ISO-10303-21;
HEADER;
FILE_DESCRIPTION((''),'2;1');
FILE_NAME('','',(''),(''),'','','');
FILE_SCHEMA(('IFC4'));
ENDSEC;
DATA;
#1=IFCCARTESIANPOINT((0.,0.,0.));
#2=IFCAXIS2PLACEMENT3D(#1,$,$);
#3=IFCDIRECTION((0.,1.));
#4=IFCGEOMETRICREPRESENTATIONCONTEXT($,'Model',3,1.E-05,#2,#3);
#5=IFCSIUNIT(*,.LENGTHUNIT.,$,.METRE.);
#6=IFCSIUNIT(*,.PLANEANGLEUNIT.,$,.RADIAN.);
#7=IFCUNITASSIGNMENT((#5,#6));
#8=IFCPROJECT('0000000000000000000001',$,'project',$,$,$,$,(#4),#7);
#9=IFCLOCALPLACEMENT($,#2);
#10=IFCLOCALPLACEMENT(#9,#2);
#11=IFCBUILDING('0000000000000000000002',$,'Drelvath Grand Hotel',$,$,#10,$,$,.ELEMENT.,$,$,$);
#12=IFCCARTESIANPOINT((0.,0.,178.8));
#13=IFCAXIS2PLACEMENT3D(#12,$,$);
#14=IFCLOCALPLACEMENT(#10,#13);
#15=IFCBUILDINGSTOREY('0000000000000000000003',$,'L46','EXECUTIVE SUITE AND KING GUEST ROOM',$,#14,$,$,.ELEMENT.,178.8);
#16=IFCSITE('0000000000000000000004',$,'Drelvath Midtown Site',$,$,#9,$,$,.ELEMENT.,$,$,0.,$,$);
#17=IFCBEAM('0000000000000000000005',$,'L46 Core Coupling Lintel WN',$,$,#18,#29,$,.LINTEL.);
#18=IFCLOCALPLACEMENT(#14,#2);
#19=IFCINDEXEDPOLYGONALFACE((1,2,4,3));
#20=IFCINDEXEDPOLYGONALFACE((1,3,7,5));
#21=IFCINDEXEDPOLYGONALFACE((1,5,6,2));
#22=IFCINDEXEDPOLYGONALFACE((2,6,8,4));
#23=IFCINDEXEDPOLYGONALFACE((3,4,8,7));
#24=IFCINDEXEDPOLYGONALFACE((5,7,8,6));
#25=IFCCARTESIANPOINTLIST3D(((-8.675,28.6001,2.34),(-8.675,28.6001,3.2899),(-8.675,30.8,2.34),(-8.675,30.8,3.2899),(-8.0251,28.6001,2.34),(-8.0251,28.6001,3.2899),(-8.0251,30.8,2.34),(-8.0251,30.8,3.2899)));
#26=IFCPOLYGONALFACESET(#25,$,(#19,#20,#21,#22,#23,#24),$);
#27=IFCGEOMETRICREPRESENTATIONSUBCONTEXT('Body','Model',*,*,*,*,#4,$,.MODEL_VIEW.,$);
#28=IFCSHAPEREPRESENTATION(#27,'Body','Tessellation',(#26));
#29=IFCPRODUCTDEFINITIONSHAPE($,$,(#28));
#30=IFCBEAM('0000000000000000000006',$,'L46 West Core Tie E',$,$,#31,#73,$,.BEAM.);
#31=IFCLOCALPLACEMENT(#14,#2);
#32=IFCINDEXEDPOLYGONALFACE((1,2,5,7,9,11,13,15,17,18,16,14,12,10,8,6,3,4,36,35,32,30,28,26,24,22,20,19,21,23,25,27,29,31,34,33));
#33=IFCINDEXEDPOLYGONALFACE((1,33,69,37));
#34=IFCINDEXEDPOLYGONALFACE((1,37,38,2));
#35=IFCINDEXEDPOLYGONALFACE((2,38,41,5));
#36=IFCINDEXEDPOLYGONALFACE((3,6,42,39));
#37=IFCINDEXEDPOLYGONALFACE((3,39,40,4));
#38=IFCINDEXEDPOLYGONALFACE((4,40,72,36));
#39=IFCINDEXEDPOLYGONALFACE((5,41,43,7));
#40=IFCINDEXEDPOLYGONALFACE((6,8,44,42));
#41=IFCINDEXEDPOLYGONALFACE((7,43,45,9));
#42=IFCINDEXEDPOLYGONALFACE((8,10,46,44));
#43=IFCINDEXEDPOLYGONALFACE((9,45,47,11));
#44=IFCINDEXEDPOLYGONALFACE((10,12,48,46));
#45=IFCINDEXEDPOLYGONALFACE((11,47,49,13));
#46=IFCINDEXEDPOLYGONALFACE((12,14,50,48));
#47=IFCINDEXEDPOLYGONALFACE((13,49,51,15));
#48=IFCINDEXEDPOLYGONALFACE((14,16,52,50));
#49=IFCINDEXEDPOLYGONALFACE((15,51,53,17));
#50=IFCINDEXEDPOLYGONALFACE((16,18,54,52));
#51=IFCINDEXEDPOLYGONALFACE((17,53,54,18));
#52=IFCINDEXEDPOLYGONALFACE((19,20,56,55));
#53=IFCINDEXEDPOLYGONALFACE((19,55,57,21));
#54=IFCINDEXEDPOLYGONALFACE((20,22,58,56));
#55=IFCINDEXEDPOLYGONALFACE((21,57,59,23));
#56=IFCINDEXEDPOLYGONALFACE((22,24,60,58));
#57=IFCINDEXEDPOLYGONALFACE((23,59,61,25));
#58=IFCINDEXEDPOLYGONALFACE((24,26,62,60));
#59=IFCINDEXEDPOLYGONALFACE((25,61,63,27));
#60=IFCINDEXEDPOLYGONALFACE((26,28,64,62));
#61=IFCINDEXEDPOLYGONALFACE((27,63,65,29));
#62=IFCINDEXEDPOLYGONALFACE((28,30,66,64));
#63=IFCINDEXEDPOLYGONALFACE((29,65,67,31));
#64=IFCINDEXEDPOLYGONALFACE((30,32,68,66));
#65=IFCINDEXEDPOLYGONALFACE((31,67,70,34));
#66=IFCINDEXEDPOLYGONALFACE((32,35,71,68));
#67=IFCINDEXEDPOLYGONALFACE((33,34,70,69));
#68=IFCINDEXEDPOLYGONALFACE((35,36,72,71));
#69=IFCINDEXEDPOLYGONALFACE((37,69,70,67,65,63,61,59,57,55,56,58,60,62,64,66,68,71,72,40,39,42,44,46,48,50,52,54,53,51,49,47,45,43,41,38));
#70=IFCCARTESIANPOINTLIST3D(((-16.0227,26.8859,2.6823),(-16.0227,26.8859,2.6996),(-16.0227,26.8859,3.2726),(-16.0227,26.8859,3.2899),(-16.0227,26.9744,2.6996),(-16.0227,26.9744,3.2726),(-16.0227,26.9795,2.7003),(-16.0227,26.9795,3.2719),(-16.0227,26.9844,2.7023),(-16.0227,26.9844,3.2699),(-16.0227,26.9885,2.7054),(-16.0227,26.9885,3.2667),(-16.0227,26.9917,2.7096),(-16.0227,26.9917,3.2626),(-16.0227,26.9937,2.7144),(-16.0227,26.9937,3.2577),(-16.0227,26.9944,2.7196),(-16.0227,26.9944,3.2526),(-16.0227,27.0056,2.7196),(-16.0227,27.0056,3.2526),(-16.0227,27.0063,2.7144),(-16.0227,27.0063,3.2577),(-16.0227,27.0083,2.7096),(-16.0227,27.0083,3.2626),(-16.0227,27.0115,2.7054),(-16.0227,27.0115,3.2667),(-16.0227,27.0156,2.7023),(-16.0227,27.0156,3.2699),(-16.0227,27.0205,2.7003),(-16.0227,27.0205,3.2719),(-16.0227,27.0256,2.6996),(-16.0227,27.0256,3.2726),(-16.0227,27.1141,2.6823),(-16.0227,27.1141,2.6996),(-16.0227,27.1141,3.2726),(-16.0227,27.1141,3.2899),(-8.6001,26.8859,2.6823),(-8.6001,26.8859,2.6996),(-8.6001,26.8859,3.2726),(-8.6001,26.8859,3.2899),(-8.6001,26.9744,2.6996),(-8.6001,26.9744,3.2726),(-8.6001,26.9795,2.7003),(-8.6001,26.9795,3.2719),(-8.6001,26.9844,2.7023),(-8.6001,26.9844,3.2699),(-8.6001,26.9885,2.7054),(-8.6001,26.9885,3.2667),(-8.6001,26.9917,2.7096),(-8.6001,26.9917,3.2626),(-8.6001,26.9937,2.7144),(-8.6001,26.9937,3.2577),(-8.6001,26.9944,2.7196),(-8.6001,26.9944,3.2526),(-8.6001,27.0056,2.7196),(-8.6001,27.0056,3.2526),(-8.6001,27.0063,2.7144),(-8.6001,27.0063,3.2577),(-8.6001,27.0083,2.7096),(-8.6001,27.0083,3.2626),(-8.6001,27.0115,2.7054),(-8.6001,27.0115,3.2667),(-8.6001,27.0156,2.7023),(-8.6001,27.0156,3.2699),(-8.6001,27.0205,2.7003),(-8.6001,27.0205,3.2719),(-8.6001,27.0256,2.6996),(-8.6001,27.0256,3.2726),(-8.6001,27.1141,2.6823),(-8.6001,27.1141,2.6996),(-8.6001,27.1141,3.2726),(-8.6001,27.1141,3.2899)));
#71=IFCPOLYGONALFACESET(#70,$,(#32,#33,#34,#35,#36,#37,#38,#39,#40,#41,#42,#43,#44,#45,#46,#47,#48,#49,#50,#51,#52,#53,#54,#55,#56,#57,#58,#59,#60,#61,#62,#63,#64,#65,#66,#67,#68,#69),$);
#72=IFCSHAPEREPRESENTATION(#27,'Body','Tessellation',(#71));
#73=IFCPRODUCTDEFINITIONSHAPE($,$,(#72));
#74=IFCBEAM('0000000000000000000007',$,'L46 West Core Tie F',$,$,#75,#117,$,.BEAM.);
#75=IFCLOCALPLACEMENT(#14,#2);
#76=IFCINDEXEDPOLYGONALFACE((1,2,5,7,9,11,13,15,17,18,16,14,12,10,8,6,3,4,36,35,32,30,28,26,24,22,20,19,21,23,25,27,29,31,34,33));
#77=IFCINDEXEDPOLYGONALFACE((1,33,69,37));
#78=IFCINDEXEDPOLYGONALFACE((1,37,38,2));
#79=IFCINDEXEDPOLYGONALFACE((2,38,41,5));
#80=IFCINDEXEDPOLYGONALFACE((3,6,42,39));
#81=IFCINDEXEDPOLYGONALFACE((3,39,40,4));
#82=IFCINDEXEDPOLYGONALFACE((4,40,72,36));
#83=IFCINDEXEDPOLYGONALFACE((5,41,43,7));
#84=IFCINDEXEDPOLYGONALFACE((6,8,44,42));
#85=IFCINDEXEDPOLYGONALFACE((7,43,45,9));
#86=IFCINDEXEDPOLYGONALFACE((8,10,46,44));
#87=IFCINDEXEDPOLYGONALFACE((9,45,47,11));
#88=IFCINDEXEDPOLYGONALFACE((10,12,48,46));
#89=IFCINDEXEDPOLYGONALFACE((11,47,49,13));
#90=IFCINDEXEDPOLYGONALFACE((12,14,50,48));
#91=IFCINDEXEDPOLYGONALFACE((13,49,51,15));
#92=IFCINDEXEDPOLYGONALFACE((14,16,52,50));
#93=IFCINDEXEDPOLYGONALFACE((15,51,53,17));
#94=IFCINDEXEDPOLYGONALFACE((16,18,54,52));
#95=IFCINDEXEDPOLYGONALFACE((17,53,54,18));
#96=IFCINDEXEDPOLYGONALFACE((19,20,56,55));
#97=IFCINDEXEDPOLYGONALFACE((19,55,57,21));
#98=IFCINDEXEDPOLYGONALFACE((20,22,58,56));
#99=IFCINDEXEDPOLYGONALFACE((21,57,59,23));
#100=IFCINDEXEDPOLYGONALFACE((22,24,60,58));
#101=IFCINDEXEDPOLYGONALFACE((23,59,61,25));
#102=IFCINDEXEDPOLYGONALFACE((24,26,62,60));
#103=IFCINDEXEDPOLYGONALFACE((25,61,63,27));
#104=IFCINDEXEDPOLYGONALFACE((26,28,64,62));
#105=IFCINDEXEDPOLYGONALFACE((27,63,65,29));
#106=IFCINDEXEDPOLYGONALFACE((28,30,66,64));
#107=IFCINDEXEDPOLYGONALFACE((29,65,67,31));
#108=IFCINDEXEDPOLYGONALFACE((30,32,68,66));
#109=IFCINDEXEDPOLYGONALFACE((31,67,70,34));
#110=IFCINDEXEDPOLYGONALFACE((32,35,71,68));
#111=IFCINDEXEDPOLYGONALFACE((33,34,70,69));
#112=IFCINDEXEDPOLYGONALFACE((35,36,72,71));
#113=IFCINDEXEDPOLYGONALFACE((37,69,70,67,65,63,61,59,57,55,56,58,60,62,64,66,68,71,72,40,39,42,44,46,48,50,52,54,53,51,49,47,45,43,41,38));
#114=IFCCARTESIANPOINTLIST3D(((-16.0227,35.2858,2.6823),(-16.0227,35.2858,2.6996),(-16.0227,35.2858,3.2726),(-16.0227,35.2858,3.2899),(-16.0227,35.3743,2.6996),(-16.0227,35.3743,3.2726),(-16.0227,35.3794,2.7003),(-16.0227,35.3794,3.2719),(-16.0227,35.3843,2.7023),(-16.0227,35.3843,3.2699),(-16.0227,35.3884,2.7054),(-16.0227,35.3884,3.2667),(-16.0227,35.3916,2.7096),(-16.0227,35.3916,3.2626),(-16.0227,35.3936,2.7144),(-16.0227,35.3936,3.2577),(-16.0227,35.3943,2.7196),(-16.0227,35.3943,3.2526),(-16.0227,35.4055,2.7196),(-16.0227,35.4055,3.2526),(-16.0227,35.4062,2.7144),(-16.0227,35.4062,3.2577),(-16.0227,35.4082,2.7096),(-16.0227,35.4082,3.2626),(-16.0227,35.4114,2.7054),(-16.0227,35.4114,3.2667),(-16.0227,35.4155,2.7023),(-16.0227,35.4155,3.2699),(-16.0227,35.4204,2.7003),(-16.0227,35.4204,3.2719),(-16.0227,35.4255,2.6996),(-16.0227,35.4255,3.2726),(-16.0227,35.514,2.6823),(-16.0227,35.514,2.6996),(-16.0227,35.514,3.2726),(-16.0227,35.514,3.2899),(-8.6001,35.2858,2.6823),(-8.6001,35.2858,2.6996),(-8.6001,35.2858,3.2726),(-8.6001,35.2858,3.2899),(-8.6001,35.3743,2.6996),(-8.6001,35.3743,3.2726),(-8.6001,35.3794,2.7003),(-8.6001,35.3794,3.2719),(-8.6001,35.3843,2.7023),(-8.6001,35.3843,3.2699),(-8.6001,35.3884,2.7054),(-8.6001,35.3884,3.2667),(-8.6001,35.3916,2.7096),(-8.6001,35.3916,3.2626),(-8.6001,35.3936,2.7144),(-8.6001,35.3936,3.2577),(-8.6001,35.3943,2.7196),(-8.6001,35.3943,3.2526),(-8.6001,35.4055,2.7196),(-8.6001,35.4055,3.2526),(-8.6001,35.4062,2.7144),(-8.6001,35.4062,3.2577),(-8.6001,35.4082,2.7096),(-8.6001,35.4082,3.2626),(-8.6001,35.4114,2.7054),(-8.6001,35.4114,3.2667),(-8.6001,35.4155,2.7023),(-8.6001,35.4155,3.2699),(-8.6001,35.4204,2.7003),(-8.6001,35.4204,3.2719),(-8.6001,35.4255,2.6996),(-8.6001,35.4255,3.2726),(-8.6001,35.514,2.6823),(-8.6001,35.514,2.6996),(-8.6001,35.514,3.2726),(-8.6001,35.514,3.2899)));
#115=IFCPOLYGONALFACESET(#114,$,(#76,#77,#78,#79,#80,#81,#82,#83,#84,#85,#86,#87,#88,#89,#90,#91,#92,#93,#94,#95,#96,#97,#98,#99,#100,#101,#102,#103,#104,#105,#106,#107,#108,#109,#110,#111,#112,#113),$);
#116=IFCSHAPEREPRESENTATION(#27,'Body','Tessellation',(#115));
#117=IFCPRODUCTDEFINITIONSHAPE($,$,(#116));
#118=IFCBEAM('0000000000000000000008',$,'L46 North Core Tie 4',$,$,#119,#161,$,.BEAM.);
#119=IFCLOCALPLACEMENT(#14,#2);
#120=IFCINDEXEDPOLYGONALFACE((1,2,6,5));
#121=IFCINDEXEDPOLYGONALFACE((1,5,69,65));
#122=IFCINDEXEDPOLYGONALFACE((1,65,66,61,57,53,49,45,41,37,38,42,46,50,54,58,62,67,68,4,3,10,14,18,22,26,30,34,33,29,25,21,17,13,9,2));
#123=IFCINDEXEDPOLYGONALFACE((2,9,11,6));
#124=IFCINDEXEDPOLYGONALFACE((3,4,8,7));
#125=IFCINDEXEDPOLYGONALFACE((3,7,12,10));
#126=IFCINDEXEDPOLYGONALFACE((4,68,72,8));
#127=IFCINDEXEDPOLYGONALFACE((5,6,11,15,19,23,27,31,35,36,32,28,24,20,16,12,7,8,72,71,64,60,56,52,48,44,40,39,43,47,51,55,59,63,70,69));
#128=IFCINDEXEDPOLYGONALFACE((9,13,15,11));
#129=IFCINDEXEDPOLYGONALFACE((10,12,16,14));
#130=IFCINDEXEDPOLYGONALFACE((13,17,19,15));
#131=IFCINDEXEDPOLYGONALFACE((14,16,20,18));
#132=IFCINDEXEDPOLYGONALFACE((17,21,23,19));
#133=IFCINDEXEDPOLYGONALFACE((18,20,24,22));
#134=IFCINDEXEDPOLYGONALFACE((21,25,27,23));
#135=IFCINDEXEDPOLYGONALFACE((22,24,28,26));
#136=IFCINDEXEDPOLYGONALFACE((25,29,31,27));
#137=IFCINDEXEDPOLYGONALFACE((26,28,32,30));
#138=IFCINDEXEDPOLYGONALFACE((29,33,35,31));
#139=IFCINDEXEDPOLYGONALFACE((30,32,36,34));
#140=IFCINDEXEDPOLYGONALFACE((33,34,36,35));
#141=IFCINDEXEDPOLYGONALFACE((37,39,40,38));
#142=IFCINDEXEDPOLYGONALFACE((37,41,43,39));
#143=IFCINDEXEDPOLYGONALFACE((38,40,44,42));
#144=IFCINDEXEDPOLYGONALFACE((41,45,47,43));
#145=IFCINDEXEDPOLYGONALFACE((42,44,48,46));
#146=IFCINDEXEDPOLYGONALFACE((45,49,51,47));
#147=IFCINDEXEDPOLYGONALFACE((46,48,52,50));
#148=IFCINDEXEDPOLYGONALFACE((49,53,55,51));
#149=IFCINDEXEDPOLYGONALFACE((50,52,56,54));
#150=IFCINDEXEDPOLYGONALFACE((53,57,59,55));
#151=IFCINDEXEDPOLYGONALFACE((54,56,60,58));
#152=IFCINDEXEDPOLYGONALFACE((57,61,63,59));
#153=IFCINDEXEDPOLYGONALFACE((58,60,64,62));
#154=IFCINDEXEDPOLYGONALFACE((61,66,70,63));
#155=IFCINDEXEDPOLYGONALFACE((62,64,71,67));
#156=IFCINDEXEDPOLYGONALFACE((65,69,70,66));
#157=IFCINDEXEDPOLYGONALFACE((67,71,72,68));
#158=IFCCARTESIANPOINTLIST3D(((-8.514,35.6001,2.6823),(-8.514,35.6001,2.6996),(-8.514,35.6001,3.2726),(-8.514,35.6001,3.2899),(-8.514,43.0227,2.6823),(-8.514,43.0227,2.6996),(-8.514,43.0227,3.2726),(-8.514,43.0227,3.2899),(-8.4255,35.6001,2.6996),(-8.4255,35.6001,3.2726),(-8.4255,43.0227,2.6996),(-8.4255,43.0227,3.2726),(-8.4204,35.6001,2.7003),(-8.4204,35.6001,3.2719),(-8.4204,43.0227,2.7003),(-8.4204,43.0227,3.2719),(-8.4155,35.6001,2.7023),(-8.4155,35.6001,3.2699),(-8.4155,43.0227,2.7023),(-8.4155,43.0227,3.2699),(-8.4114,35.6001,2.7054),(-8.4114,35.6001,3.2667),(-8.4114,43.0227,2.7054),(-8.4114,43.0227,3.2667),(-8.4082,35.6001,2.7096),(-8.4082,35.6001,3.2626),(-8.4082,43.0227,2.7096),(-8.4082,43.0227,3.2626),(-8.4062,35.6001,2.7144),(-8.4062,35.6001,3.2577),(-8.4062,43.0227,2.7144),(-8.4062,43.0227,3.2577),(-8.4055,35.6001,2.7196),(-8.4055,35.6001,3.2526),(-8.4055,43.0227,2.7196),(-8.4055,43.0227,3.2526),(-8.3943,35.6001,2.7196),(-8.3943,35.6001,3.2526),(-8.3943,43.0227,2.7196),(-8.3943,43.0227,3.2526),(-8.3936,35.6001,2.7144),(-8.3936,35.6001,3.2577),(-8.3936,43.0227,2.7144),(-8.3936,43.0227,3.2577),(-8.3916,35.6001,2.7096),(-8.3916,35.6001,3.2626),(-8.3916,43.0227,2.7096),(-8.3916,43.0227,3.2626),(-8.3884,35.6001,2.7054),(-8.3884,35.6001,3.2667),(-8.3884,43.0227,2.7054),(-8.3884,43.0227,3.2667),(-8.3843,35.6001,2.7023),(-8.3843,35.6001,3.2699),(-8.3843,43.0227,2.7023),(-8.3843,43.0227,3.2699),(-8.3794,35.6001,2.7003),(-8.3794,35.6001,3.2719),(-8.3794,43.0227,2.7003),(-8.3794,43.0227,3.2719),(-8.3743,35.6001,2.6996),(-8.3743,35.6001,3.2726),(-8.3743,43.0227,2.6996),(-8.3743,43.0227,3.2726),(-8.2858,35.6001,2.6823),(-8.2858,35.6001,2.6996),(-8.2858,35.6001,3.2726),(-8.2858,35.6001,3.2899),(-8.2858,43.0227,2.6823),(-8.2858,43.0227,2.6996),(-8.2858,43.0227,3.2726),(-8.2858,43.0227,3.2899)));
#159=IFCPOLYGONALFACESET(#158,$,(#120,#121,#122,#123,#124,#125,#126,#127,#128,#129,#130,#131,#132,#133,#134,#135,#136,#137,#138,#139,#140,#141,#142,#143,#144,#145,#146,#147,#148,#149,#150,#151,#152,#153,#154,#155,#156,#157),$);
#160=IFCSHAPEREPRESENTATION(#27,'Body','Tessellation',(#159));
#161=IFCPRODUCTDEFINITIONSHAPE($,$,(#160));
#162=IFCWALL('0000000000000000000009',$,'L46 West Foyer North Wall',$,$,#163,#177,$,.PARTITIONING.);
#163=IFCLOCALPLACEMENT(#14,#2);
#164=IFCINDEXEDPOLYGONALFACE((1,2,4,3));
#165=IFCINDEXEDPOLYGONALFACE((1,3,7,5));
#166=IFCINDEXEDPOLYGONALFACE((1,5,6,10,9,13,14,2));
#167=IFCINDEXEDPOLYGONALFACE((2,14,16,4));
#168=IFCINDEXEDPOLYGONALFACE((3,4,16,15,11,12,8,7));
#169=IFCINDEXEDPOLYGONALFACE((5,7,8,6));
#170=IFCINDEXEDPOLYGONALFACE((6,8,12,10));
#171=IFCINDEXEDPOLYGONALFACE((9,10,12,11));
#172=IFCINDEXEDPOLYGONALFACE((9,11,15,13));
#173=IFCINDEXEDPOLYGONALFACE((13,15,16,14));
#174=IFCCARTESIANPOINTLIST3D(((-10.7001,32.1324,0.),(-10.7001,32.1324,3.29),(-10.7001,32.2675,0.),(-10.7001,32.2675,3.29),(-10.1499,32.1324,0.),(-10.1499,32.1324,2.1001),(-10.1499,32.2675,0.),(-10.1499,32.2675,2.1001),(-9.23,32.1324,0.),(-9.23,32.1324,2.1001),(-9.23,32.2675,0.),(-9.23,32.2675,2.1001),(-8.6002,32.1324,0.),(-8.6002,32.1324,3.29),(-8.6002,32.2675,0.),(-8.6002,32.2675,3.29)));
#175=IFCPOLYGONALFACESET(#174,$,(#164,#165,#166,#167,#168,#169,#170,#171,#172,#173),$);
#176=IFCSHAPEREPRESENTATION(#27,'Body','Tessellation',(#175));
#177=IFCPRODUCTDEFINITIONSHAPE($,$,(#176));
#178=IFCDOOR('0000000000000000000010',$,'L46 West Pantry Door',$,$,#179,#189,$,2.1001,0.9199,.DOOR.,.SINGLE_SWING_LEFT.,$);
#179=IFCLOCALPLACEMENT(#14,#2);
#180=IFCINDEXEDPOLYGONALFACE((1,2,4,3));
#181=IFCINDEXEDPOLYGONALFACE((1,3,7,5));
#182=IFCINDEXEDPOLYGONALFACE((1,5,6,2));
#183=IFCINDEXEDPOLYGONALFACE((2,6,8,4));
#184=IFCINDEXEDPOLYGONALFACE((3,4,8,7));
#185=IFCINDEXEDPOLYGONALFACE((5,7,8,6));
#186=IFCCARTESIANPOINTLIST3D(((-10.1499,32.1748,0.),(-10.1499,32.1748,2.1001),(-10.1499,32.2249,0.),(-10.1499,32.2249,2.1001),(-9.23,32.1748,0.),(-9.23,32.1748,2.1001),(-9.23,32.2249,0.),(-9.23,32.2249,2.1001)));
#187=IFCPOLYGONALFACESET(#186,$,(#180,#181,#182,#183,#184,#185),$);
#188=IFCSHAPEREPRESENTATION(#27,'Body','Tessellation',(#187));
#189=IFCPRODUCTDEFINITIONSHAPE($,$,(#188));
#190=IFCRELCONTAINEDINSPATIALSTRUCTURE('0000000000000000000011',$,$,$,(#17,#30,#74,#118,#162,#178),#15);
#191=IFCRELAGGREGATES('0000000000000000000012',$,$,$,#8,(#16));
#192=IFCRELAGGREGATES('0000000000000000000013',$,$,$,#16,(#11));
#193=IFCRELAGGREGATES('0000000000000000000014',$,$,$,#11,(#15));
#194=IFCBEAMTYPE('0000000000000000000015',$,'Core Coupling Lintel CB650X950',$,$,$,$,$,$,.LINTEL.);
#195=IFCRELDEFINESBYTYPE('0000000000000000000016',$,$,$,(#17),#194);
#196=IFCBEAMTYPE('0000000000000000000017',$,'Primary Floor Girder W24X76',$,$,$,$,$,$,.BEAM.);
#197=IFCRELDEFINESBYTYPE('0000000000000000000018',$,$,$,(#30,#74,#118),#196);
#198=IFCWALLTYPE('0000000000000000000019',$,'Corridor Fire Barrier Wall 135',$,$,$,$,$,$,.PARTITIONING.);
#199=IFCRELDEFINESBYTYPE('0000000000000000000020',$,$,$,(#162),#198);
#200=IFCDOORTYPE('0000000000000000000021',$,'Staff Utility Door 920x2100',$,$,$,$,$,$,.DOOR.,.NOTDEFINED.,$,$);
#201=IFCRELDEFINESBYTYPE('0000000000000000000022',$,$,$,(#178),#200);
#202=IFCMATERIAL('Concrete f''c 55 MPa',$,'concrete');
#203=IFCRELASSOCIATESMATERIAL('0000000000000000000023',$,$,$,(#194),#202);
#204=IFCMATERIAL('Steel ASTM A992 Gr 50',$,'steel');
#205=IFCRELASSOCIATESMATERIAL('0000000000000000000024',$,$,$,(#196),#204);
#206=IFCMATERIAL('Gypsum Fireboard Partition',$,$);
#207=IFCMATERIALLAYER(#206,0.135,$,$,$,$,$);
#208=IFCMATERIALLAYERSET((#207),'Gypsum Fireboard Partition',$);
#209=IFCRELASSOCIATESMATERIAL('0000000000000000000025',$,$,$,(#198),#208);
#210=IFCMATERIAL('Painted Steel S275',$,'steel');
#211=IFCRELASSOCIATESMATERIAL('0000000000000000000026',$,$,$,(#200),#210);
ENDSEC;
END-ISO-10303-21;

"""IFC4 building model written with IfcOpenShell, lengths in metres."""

from ifc_helpers import new_model, si_unit, direction, frame, frame_2d, origin, origin_2d, place, context, subcontext, project, spatial, rectangle, i_section, extrude, material, layer, layer_set, material_profile, profile_set, type_object, element, fill, save


model = new_model("IFC4")

# Units and contexts
model_context = context("Model", 3, precision=1e-05, world=origin(), true_north=direction((0.0, 1.0)))
body_context = subcontext(model_context, "Body", "Model", "MODEL_VIEW")
ifc_project = project(units=[si_unit("LENGTHUNIT", "METRE"), si_unit("PLANEANGLEUNIT", "RADIAN")], contexts=[model_context])

# Site, building, storey
site_placement = place(None, origin())
site = spatial("IfcSite", under=ifc_project, at=site_placement, Name="Drelvath Midtown Site", CompositionType="ELEMENT", RefElevation=0.0)
building_placement = place(site_placement, origin())
building = spatial("IfcBuilding", under=site, at=building_placement, Name="Drelvath Grand Hotel", CompositionType="ELEMENT")
storey_placement = place(building_placement, frame((0.0, 0.0, 178.8)))
storey = spatial("IfcBuildingStorey", under=building, at=storey_placement, Name="L46", Description="EXECUTIVE SUITE AND KING GUEST ROOM", CompositionType="ELEMENT", Elevation=178.8)

# Beams
ifc_material_1 = material(Name="Concrete f'c 55 MPa", Category="concrete")
ifc_material_profile_1 = material_profile(ifc_material_1, rectangle(XDim=0.6499, YDim=0.95, at=origin_2d()), Name="CB650X950")
ifc_profile_set_1 = profile_set([ifc_material_profile_1], Name="Concrete f'c 55 MPa")
beam_type_1 = type_object("IfcBeamType", Name="Core Coupling Lintel CB650X950", PredefinedType="LINTEL", material=ifc_profile_set_1)
beam_placement = place(storey_placement, frame((-8.3501, 28.6001, 2.8149), z_axis=(0.0, 1.0, 0.0), x_axis=(-1.0, 0.0, 0.0)))
element("IfcBeam", 1, at=beam_placement, inside=storey, type_object=beam_type_1, Name="L46 Core Coupling Lintel WN", PredefinedType="LINTEL", context=body_context, shape_type="SweptSolid", body=[
    extrude(rectangle(XDim=0.6499, YDim=0.95, at=origin_2d()), origin(), (0.0, 0.0, 1.0), 2.2),
])
ifc_material_2 = material(Name="Steel ASTM A992 Gr 50", Category="steel")
ifc_material_profile_2 = material_profile(ifc_material_2, i_section(OverallWidth=0.2283, OverallDepth=0.6077, WebThickness=0.0112, FlangeThickness=0.0173, FilletRadius=0.02, at=origin_2d()), Name="W24X76")
ifc_profile_set_2 = profile_set([ifc_material_profile_2], Name="Steel ASTM A992 Gr 50")
beam_type_2 = type_object("IfcBeamType", Name="Primary Floor Girder W24X76", PredefinedType="BEAM", material=ifc_profile_set_2)
for number, where, z_axis, x_axis, name in (
    (2, (-16.0227, 27.0, 2.9861), (1.0, 0.0, 0.0), (0.0, 1.0, 0.0), "L46 West Core Tie E"),
    (3, (-16.0227, 35.3999, 2.9861), (1.0, 0.0, 0.0), (0.0, 1.0, 0.0), "L46 West Core Tie F"),
    (4, (-8.3999, 35.6001, 2.9861), (0.0, 1.0, 0.0), (-1.0, 0.0, 0.0), "L46 North Core Tie 4"),
):
    element("IfcBeam", number, at=place(storey_placement, frame(where, z_axis=z_axis, x_axis=x_axis)), inside=storey, type_object=beam_type_2, Name=name, PredefinedType="BEAM", context=body_context, shape_type="SweptSolid", body=[
        extrude(i_section(OverallWidth=0.2283, OverallDepth=0.6077, WebThickness=0.0112, FlangeThickness=0.0173, FilletRadius=0.02, at=origin_2d()), origin(), (0.0, 0.0, 1.0), 7.4226),
    ])

# Wall, opening, door
ifc_material_3 = material(Name="Gypsum Fireboard Partition")
ifc_layer_1 = layer(ifc_material_3, 0.135)
ifc_layer_set_1 = layer_set([ifc_layer_1], Name="Gypsum Fireboard Partition")
wall_type_1 = type_object("IfcWallType", Name="Corridor Fire Barrier Wall 135", PredefinedType="PARTITIONING", material=ifc_layer_set_1)
wall_1_placement = place(storey_placement, frame((-10.7, 32.2, 0.0), z_axis=(0.0, 0.0, 1.0), x_axis=(1.0, 0.0, 0.0)))
wall_1 = element("IfcWall", 5, at=wall_1_placement, inside=storey, type_object=wall_type_1, Name="L46 West Foyer North Wall", PredefinedType="PARTITIONING", context=body_context, shape_type="SweptSolid", body=[
    extrude(rectangle(XDim=2.0999, YDim=0.135, at=frame_2d((1.0498, 0.0))), origin(), (0.0, 0.0, 1.0), 3.29),
])
opening_1_placement = place(wall_1_placement, frame((0.55, 0.0, 0.0)))
opening_1 = element("IfcOpeningElement", 6, at=opening_1_placement, cuts=wall_1, PredefinedType="OPENING", context=body_context, shape_type="SweptSolid", body=[
    extrude(rectangle(XDim=0.9199, YDim=2.1001, at=frame_2d((0.46, 1.05))), frame((0.0, 0.0774, 0.0), z_axis=(0.0, -1.0, 0.0), x_axis=(1.0, 0.0, 0.0)), (0.0, 0.0, 1.0), 0.155),
])
ifc_material_4 = material(Name="Painted Steel S275", Category="steel")
door_type_1 = type_object("IfcDoorType", Name="Staff Utility Door 920x2100", OperationType="NOTDEFINED", PredefinedType="DOOR", material=ifc_material_4)
door_1_placement = place(opening_1_placement, origin())
door_1 = element("IfcDoor", 7, at=door_1_placement, inside=storey, type_object=door_type_1, Name="L46 West Pantry Door", OperationType="SINGLE_SWING_LEFT", OverallHeight=2.1001, OverallWidth=0.9199, PredefinedType="DOOR", context=body_context, shape_type="SweptSolid", body=[
    extrude(rectangle(XDim=0.9199, YDim=2.1001, at=frame_2d((0.46, 1.05))), frame((0.0, 0.0249, 0.0), z_axis=(0.0, -1.0, 0.0), x_axis=(1.0, 0.0, 0.0)), (0.0, 0.0, 1.0), 0.05),
])
fill(opening_1, door_1)

save(model, "model.ifc")
